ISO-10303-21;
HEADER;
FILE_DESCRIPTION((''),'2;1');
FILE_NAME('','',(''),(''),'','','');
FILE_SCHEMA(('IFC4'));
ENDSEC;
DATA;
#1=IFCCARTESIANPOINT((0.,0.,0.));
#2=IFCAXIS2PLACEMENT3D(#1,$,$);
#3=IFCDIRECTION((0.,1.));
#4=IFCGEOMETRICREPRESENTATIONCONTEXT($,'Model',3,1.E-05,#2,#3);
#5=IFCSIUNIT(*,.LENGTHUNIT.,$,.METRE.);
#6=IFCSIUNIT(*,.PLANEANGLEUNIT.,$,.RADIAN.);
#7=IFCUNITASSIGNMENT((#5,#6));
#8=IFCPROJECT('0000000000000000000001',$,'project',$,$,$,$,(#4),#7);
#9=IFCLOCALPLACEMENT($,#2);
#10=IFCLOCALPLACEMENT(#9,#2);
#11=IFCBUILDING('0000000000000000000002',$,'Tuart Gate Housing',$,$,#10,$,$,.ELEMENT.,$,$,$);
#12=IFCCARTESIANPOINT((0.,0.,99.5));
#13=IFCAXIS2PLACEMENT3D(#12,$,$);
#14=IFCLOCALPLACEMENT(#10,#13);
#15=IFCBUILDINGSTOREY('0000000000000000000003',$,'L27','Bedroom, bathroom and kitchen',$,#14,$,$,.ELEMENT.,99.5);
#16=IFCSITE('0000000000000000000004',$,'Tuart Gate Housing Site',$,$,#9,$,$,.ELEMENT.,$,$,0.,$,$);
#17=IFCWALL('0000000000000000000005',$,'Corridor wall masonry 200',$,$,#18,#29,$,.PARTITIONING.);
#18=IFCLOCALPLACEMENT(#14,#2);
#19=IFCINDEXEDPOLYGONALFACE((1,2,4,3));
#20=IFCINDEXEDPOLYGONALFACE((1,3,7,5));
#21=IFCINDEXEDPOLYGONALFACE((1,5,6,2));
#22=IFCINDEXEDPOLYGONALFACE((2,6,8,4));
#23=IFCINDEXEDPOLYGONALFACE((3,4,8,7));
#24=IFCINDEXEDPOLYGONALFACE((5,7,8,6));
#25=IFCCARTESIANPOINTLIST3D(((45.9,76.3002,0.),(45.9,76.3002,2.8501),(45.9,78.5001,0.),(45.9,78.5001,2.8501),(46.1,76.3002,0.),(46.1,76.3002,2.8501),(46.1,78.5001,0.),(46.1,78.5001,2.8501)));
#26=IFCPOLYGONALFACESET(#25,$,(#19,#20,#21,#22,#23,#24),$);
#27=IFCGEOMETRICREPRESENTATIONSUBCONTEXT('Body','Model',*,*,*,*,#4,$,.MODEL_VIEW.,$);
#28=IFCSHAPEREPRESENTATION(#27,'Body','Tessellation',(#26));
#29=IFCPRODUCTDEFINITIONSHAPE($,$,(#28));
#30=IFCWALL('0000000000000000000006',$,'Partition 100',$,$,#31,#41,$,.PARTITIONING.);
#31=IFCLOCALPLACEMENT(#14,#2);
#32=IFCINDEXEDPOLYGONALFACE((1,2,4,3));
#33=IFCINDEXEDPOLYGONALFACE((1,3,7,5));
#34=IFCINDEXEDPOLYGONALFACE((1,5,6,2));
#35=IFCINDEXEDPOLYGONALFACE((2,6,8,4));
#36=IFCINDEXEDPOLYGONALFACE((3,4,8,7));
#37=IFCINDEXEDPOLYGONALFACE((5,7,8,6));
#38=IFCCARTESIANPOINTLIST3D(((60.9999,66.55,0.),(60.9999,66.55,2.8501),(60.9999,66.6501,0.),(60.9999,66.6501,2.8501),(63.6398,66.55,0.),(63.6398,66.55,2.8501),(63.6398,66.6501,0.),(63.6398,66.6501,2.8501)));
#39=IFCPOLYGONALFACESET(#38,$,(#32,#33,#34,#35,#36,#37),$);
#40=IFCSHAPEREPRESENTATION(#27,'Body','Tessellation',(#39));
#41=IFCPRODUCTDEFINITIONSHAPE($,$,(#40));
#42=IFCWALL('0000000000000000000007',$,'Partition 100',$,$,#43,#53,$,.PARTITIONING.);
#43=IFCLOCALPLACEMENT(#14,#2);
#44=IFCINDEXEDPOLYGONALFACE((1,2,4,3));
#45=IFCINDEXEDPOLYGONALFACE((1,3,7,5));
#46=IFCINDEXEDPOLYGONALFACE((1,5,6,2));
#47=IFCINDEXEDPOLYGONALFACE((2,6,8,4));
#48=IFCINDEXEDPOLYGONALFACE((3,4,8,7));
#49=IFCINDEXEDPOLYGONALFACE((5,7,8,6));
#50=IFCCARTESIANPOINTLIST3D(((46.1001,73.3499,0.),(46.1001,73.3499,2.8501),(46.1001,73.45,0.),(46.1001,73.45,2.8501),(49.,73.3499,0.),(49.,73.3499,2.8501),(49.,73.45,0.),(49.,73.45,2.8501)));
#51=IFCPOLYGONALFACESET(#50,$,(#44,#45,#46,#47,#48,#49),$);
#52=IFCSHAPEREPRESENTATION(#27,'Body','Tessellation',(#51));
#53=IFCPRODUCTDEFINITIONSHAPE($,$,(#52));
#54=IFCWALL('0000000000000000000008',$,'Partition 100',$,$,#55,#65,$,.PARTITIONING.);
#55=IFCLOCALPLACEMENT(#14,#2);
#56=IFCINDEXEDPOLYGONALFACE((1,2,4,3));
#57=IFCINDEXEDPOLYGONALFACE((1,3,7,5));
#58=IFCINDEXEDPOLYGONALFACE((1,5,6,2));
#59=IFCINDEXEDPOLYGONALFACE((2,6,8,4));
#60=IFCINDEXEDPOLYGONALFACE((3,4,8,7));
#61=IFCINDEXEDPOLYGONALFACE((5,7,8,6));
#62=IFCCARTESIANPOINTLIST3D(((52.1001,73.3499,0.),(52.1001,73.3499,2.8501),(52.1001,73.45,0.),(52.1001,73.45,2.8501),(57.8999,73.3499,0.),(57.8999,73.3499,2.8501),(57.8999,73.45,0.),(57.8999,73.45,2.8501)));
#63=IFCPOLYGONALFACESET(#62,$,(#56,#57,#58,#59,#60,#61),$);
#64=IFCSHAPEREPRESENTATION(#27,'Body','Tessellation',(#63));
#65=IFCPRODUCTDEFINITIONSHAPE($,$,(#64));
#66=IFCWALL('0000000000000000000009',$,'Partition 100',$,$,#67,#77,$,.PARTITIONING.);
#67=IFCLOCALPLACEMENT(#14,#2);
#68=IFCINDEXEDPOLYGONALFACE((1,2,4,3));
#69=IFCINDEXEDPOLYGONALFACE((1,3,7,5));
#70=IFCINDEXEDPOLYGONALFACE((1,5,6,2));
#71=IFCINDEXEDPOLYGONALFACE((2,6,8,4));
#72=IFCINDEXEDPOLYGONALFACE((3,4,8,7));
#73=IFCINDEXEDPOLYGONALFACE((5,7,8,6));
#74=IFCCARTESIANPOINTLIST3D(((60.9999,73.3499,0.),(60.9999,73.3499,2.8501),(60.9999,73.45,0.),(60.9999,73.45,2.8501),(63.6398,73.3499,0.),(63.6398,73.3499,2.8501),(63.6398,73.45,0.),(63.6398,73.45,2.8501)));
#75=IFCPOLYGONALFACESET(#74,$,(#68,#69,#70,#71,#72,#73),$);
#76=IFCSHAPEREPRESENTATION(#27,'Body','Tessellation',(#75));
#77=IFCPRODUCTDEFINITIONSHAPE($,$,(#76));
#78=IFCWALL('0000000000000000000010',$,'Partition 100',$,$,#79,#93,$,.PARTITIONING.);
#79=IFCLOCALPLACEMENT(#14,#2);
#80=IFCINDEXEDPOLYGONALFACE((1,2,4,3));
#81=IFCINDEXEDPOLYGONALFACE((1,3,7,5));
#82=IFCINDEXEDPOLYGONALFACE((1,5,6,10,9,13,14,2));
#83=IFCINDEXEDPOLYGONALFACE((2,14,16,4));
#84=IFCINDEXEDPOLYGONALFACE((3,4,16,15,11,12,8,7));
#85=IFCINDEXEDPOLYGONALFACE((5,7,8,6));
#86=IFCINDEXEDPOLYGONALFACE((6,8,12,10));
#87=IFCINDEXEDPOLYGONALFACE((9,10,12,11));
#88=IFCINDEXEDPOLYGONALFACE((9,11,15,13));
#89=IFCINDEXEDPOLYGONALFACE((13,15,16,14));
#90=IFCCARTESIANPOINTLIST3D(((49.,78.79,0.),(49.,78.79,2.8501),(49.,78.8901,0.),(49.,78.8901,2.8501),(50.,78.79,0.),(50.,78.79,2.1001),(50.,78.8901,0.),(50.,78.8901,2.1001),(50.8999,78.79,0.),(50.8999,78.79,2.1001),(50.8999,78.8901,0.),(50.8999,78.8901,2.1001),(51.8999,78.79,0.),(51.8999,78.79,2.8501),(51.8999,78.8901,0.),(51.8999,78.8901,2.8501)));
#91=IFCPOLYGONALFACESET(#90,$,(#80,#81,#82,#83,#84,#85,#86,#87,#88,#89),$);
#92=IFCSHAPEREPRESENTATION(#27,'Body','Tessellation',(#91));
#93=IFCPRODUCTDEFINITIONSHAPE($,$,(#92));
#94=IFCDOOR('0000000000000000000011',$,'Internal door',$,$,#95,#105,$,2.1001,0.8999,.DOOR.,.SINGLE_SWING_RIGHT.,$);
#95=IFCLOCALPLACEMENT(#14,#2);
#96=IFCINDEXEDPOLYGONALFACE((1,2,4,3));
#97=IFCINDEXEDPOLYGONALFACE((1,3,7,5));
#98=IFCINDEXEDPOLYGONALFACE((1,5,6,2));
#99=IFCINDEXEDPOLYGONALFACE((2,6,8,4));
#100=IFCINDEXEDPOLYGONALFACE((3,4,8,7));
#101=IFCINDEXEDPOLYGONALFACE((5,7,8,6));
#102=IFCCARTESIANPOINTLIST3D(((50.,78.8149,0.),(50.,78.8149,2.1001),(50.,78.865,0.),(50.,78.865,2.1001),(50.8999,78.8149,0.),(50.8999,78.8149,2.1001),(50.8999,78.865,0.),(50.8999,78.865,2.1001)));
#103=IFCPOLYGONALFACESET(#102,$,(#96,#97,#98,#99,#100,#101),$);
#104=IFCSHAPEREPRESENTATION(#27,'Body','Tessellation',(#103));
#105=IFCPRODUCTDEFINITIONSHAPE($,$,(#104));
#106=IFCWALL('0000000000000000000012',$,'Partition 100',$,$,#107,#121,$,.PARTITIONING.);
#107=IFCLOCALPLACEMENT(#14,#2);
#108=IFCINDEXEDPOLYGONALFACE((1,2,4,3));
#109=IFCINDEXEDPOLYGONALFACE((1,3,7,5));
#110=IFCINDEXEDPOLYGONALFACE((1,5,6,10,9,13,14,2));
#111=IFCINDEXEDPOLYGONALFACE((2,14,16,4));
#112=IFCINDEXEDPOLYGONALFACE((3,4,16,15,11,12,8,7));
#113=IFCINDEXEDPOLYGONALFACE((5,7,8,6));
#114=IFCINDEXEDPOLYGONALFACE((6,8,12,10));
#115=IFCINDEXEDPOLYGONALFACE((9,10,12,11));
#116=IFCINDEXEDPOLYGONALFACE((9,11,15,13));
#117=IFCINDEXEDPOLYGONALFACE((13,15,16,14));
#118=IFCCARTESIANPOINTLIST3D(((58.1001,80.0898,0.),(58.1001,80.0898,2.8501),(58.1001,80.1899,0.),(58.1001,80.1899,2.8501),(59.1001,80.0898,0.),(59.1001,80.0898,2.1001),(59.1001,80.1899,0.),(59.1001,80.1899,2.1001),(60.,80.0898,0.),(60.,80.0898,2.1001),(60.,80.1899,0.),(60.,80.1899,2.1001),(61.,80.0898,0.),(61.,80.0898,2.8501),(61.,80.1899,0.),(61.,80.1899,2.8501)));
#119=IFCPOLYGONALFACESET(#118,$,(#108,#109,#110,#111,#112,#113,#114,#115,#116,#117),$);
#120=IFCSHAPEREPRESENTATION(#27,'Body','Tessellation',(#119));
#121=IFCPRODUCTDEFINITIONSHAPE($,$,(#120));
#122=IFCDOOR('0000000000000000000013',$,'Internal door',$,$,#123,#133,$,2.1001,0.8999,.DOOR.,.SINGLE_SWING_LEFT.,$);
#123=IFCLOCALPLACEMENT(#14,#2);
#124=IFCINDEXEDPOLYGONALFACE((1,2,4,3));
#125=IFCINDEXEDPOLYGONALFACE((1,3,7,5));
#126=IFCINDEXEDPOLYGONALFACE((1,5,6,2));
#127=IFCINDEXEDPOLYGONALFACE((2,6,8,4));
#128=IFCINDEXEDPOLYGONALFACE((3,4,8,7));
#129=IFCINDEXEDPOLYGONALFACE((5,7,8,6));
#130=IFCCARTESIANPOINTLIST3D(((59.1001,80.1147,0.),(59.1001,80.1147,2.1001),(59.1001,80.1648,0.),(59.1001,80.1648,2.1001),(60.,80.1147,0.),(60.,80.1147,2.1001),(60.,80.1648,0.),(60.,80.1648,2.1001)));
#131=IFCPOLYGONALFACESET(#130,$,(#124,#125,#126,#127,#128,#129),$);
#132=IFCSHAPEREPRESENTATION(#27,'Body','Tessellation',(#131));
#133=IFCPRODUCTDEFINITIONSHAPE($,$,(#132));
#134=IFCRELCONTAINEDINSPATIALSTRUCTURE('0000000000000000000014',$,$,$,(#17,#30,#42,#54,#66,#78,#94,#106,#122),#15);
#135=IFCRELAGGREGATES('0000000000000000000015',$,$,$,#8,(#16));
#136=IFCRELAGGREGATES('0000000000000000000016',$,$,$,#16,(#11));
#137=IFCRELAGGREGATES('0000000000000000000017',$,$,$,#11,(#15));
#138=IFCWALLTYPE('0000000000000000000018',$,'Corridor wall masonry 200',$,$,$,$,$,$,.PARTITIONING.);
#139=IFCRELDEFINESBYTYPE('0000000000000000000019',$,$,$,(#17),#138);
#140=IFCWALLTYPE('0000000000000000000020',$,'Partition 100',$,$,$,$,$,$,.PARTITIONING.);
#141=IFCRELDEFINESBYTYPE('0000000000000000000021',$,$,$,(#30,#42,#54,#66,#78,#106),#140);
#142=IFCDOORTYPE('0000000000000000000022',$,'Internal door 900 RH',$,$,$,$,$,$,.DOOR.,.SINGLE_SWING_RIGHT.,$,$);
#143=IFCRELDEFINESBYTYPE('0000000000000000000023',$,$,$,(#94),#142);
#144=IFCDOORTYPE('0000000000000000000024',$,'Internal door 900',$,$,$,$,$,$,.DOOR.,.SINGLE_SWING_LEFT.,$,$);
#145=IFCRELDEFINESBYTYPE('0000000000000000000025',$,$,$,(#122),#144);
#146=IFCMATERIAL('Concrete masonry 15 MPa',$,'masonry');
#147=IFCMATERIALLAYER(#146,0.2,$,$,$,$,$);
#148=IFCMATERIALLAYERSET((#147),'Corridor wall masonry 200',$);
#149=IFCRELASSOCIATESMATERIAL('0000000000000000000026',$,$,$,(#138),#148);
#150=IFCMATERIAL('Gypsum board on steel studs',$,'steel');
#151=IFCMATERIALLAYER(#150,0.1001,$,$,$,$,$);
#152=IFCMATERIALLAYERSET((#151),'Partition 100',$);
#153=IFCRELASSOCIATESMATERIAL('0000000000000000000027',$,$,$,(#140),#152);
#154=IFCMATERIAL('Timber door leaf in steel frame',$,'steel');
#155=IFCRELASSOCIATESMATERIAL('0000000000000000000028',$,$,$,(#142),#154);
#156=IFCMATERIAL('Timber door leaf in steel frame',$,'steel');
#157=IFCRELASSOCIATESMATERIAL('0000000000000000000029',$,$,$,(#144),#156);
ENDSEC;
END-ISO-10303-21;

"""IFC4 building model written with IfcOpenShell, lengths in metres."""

from ifc_helpers import new_model, si_unit, direction, frame, frame_2d, origin, place, context, subcontext, project, spatial, rectangle, extrude, material, layer, layer_set, type_object, element, fill, save


model = new_model("IFC4")

# Units and contexts
model_context = context("Model", 3, precision=1e-05, world=origin(), true_north=direction((0.0, 1.0)))
body_context = subcontext(model_context, "Body", "Model", "MODEL_VIEW")
ifc_project = project(units=[si_unit("LENGTHUNIT", "METRE"), si_unit("PLANEANGLEUNIT", "RADIAN")], contexts=[model_context])

# Site, building, storey
site_placement = place(None, origin())
site = spatial("IfcSite", under=ifc_project, at=site_placement, Name="Tuart Gate Housing Site", CompositionType="ELEMENT", RefElevation=0.0)
building_placement = place(site_placement, origin())
building = spatial("IfcBuilding", under=site, at=building_placement, Name="Tuart Gate Housing", CompositionType="ELEMENT")
storey_placement = place(building_placement, frame((0.0, 0.0, 99.5)))
storey = spatial("IfcBuildingStorey", under=building, at=storey_placement, Name="L27", Description="Bedroom, bathroom and kitchen", CompositionType="ELEMENT", Elevation=99.5)

# Walls
ifc_material_1 = material(Name="Concrete masonry 15 MPa", Category="masonry")
ifc_layer_1 = layer(ifc_material_1, 0.2)
ifc_layer_set_1 = layer_set([ifc_layer_1], Name="Corridor wall masonry 200")
wall_type_1 = type_object("IfcWallType", Name="Corridor wall masonry 200", PredefinedType="PARTITIONING", material=ifc_layer_set_1)
wall_1_placement = place(storey_placement, frame((46.0, 76.3, 0.0), z_axis=(0.0, 0.0, 1.0), x_axis=(0.0, 1.0, 0.0)))
element("IfcWall", 1, at=wall_1_placement, inside=storey, type_object=wall_type_1, Name="Corridor wall masonry 200", PredefinedType="PARTITIONING", context=body_context, shape_type="SweptSolid", body=[
    extrude(rectangle(XDim=2.2, YDim=0.2, at=frame_2d((1.1001, 0.0))), origin(), (0.0, 0.0, 1.0), 2.8501),
])
ifc_material_2 = material(Name="Gypsum board on steel studs", Category="steel")
ifc_layer_2 = layer(ifc_material_2, 0.1001)
ifc_layer_set_2 = layer_set([ifc_layer_2], Name="Partition 100")
wall_type_2 = type_object("IfcWallType", Name="Partition 100", PredefinedType="PARTITIONING", material=ifc_layer_set_2)
wall_2_placement = place(storey_placement, frame((61.0, 66.6001, 0.0), z_axis=(0.0, 0.0, 1.0), x_axis=(1.0, 0.0, 0.0)))
element("IfcWall", 2, at=wall_2_placement, inside=storey, type_object=wall_type_2, Name="Partition 100", PredefinedType="PARTITIONING", context=body_context, shape_type="SweptSolid", body=[
    extrude(rectangle(XDim=2.6399, YDim=0.1001, at=frame_2d((1.3198, 0.0))), origin(), (0.0, 0.0, 1.0), 2.8501),
])
wall_3_placement = place(storey_placement, frame((46.1001, 73.3999, 0.0), z_axis=(0.0, 0.0, 1.0), x_axis=(1.0, 0.0, 0.0)))
element("IfcWall", 3, at=wall_3_placement, inside=storey, type_object=wall_type_2, Name="Partition 100", PredefinedType="PARTITIONING", context=body_context, shape_type="SweptSolid", body=[
    extrude(rectangle(XDim=2.8999, YDim=0.1001, at=frame_2d((1.45, 0.0))), origin(), (0.0, 0.0, 1.0), 2.8501),
])
wall_4_placement = place(storey_placement, frame((52.1001, 73.3999, 0.0), z_axis=(0.0, 0.0, 1.0), x_axis=(1.0, 0.0, 0.0)))
element("IfcWall", 4, at=wall_4_placement, inside=storey, type_object=wall_type_2, Name="Partition 100", PredefinedType="PARTITIONING", context=body_context, shape_type="SweptSolid", body=[
    extrude(rectangle(XDim=5.7998, YDim=0.1001, at=frame_2d((2.8999, 0.0))), origin(), (0.0, 0.0, 1.0), 2.8501),
])
wall_5_placement = place(storey_placement, frame((61.0, 73.3999, 0.0), z_axis=(0.0, 0.0, 1.0), x_axis=(1.0, 0.0, 0.0)))
element("IfcWall", 5, at=wall_5_placement, inside=storey, type_object=wall_type_2, Name="Partition 100", PredefinedType="PARTITIONING", context=body_context, shape_type="SweptSolid", body=[
    extrude(rectangle(XDim=2.6399, YDim=0.1001, at=frame_2d((1.3198, 0.0))), origin(), (0.0, 0.0, 1.0), 2.8501),
])

# Walls, openings, doors
wall_6_placement = place(storey_placement, frame((49.0, 78.8401, 0.0), z_axis=(0.0, 0.0, 1.0), x_axis=(1.0, 0.0, 0.0)))
wall_6 = element("IfcWall", 6, at=wall_6_placement, inside=storey, type_object=wall_type_2, Name="Partition 100", PredefinedType="PARTITIONING", context=body_context, shape_type="SweptSolid", body=[
    extrude(rectangle(XDim=2.8999, YDim=0.1001, at=frame_2d((1.45, 0.0))), origin(), (0.0, 0.0, 1.0), 2.8501),
])
opening_1_placement = place(wall_6_placement, frame((1.0, 0.0, 0.0)))
opening_1 = element("IfcOpeningElement", 7, at=opening_1_placement, cuts=wall_6, PredefinedType="OPENING", context=body_context, shape_type="SweptSolid", body=[
    extrude(rectangle(XDim=0.8999, YDim=2.1001, at=frame_2d((0.45, 1.05))), frame((0.0, 0.0601, 0.0), z_axis=(0.0, -1.0, 0.0), x_axis=(1.0, 0.0, 0.0)), (0.0, 0.0, 1.0), 0.1201),
])
ifc_material_3 = material(Name="Timber door leaf in steel frame", Category="steel")
door_type_1 = type_object("IfcDoorType", Name="Internal door 900 RH", OperationType="SINGLE_SWING_RIGHT", PredefinedType="DOOR", material=ifc_material_3)
door_1_placement = place(opening_1_placement, frame((0.8999, 0.0, 0.0), z_axis=(0.0, 0.0, 1.0), x_axis=(-1.0, 0.0, 0.0)))
door_1 = element("IfcDoor", 8, at=door_1_placement, inside=storey, type_object=door_type_1, Name="Internal door", OperationType="SINGLE_SWING_RIGHT", OverallHeight=2.1001, OverallWidth=0.8999, PredefinedType="DOOR", context=body_context, shape_type="SweptSolid", body=[
    extrude(rectangle(XDim=0.8999, YDim=2.1001, at=frame_2d((0.45, 1.05))), frame((0.0, 0.0251, 0.0), z_axis=(0.0, -1.0, 0.0), x_axis=(1.0, 0.0, 0.0)), (0.0, 0.0, 1.0), 0.05),
])
fill(opening_1, door_1)
wall_7_placement = place(storey_placement, frame((58.1001, 80.1399, 0.0), z_axis=(0.0, 0.0, 1.0), x_axis=(1.0, 0.0, 0.0)))
wall_7 = element("IfcWall", 9, at=wall_7_placement, inside=storey, type_object=wall_type_2, Name="Partition 100", PredefinedType="PARTITIONING", context=body_context, shape_type="SweptSolid", body=[
    extrude(rectangle(XDim=2.8999, YDim=0.1001, at=frame_2d((1.45, 0.0))), origin(), (0.0, 0.0, 1.0), 2.8501),
])
opening_2_placement = place(wall_7_placement, frame((1.0, 0.0, 0.0)))
opening_2 = element("IfcOpeningElement", 10, at=opening_2_placement, cuts=wall_7, PredefinedType="OPENING", context=body_context, shape_type="SweptSolid", body=[
    extrude(rectangle(XDim=0.8999, YDim=2.1001, at=frame_2d((0.45, 1.05))), frame((0.0, 0.0601, 0.0), z_axis=(0.0, -1.0, 0.0), x_axis=(1.0, 0.0, 0.0)), (0.0, 0.0, 1.0), 0.1201),
])
ifc_material_4 = material(Name="Timber door leaf in steel frame", Category="steel")
door_type_2 = type_object("IfcDoorType", Name="Internal door 900", OperationType="SINGLE_SWING_LEFT", PredefinedType="DOOR", material=ifc_material_4)
door_2_placement = place(opening_2_placement, frame((0.8999, 0.0, 0.0), z_axis=(0.0, 0.0, 1.0), x_axis=(-1.0, 0.0, 0.0)))
door_2 = element("IfcDoor", 11, at=door_2_placement, inside=storey, type_object=door_type_2, Name="Internal door", OperationType="SINGLE_SWING_LEFT", OverallHeight=2.1001, OverallWidth=0.8999, PredefinedType="DOOR", context=body_context, shape_type="SweptSolid", body=[
    extrude(rectangle(XDim=0.8999, YDim=2.1001, at=frame_2d((0.45, 1.05))), frame((0.0, 0.0251, 0.0), z_axis=(0.0, -1.0, 0.0), x_axis=(1.0, 0.0, 0.0)), (0.0, 0.0, 1.0), 0.05),
])
fill(opening_2, door_2)

save(model, "model.ifc")
